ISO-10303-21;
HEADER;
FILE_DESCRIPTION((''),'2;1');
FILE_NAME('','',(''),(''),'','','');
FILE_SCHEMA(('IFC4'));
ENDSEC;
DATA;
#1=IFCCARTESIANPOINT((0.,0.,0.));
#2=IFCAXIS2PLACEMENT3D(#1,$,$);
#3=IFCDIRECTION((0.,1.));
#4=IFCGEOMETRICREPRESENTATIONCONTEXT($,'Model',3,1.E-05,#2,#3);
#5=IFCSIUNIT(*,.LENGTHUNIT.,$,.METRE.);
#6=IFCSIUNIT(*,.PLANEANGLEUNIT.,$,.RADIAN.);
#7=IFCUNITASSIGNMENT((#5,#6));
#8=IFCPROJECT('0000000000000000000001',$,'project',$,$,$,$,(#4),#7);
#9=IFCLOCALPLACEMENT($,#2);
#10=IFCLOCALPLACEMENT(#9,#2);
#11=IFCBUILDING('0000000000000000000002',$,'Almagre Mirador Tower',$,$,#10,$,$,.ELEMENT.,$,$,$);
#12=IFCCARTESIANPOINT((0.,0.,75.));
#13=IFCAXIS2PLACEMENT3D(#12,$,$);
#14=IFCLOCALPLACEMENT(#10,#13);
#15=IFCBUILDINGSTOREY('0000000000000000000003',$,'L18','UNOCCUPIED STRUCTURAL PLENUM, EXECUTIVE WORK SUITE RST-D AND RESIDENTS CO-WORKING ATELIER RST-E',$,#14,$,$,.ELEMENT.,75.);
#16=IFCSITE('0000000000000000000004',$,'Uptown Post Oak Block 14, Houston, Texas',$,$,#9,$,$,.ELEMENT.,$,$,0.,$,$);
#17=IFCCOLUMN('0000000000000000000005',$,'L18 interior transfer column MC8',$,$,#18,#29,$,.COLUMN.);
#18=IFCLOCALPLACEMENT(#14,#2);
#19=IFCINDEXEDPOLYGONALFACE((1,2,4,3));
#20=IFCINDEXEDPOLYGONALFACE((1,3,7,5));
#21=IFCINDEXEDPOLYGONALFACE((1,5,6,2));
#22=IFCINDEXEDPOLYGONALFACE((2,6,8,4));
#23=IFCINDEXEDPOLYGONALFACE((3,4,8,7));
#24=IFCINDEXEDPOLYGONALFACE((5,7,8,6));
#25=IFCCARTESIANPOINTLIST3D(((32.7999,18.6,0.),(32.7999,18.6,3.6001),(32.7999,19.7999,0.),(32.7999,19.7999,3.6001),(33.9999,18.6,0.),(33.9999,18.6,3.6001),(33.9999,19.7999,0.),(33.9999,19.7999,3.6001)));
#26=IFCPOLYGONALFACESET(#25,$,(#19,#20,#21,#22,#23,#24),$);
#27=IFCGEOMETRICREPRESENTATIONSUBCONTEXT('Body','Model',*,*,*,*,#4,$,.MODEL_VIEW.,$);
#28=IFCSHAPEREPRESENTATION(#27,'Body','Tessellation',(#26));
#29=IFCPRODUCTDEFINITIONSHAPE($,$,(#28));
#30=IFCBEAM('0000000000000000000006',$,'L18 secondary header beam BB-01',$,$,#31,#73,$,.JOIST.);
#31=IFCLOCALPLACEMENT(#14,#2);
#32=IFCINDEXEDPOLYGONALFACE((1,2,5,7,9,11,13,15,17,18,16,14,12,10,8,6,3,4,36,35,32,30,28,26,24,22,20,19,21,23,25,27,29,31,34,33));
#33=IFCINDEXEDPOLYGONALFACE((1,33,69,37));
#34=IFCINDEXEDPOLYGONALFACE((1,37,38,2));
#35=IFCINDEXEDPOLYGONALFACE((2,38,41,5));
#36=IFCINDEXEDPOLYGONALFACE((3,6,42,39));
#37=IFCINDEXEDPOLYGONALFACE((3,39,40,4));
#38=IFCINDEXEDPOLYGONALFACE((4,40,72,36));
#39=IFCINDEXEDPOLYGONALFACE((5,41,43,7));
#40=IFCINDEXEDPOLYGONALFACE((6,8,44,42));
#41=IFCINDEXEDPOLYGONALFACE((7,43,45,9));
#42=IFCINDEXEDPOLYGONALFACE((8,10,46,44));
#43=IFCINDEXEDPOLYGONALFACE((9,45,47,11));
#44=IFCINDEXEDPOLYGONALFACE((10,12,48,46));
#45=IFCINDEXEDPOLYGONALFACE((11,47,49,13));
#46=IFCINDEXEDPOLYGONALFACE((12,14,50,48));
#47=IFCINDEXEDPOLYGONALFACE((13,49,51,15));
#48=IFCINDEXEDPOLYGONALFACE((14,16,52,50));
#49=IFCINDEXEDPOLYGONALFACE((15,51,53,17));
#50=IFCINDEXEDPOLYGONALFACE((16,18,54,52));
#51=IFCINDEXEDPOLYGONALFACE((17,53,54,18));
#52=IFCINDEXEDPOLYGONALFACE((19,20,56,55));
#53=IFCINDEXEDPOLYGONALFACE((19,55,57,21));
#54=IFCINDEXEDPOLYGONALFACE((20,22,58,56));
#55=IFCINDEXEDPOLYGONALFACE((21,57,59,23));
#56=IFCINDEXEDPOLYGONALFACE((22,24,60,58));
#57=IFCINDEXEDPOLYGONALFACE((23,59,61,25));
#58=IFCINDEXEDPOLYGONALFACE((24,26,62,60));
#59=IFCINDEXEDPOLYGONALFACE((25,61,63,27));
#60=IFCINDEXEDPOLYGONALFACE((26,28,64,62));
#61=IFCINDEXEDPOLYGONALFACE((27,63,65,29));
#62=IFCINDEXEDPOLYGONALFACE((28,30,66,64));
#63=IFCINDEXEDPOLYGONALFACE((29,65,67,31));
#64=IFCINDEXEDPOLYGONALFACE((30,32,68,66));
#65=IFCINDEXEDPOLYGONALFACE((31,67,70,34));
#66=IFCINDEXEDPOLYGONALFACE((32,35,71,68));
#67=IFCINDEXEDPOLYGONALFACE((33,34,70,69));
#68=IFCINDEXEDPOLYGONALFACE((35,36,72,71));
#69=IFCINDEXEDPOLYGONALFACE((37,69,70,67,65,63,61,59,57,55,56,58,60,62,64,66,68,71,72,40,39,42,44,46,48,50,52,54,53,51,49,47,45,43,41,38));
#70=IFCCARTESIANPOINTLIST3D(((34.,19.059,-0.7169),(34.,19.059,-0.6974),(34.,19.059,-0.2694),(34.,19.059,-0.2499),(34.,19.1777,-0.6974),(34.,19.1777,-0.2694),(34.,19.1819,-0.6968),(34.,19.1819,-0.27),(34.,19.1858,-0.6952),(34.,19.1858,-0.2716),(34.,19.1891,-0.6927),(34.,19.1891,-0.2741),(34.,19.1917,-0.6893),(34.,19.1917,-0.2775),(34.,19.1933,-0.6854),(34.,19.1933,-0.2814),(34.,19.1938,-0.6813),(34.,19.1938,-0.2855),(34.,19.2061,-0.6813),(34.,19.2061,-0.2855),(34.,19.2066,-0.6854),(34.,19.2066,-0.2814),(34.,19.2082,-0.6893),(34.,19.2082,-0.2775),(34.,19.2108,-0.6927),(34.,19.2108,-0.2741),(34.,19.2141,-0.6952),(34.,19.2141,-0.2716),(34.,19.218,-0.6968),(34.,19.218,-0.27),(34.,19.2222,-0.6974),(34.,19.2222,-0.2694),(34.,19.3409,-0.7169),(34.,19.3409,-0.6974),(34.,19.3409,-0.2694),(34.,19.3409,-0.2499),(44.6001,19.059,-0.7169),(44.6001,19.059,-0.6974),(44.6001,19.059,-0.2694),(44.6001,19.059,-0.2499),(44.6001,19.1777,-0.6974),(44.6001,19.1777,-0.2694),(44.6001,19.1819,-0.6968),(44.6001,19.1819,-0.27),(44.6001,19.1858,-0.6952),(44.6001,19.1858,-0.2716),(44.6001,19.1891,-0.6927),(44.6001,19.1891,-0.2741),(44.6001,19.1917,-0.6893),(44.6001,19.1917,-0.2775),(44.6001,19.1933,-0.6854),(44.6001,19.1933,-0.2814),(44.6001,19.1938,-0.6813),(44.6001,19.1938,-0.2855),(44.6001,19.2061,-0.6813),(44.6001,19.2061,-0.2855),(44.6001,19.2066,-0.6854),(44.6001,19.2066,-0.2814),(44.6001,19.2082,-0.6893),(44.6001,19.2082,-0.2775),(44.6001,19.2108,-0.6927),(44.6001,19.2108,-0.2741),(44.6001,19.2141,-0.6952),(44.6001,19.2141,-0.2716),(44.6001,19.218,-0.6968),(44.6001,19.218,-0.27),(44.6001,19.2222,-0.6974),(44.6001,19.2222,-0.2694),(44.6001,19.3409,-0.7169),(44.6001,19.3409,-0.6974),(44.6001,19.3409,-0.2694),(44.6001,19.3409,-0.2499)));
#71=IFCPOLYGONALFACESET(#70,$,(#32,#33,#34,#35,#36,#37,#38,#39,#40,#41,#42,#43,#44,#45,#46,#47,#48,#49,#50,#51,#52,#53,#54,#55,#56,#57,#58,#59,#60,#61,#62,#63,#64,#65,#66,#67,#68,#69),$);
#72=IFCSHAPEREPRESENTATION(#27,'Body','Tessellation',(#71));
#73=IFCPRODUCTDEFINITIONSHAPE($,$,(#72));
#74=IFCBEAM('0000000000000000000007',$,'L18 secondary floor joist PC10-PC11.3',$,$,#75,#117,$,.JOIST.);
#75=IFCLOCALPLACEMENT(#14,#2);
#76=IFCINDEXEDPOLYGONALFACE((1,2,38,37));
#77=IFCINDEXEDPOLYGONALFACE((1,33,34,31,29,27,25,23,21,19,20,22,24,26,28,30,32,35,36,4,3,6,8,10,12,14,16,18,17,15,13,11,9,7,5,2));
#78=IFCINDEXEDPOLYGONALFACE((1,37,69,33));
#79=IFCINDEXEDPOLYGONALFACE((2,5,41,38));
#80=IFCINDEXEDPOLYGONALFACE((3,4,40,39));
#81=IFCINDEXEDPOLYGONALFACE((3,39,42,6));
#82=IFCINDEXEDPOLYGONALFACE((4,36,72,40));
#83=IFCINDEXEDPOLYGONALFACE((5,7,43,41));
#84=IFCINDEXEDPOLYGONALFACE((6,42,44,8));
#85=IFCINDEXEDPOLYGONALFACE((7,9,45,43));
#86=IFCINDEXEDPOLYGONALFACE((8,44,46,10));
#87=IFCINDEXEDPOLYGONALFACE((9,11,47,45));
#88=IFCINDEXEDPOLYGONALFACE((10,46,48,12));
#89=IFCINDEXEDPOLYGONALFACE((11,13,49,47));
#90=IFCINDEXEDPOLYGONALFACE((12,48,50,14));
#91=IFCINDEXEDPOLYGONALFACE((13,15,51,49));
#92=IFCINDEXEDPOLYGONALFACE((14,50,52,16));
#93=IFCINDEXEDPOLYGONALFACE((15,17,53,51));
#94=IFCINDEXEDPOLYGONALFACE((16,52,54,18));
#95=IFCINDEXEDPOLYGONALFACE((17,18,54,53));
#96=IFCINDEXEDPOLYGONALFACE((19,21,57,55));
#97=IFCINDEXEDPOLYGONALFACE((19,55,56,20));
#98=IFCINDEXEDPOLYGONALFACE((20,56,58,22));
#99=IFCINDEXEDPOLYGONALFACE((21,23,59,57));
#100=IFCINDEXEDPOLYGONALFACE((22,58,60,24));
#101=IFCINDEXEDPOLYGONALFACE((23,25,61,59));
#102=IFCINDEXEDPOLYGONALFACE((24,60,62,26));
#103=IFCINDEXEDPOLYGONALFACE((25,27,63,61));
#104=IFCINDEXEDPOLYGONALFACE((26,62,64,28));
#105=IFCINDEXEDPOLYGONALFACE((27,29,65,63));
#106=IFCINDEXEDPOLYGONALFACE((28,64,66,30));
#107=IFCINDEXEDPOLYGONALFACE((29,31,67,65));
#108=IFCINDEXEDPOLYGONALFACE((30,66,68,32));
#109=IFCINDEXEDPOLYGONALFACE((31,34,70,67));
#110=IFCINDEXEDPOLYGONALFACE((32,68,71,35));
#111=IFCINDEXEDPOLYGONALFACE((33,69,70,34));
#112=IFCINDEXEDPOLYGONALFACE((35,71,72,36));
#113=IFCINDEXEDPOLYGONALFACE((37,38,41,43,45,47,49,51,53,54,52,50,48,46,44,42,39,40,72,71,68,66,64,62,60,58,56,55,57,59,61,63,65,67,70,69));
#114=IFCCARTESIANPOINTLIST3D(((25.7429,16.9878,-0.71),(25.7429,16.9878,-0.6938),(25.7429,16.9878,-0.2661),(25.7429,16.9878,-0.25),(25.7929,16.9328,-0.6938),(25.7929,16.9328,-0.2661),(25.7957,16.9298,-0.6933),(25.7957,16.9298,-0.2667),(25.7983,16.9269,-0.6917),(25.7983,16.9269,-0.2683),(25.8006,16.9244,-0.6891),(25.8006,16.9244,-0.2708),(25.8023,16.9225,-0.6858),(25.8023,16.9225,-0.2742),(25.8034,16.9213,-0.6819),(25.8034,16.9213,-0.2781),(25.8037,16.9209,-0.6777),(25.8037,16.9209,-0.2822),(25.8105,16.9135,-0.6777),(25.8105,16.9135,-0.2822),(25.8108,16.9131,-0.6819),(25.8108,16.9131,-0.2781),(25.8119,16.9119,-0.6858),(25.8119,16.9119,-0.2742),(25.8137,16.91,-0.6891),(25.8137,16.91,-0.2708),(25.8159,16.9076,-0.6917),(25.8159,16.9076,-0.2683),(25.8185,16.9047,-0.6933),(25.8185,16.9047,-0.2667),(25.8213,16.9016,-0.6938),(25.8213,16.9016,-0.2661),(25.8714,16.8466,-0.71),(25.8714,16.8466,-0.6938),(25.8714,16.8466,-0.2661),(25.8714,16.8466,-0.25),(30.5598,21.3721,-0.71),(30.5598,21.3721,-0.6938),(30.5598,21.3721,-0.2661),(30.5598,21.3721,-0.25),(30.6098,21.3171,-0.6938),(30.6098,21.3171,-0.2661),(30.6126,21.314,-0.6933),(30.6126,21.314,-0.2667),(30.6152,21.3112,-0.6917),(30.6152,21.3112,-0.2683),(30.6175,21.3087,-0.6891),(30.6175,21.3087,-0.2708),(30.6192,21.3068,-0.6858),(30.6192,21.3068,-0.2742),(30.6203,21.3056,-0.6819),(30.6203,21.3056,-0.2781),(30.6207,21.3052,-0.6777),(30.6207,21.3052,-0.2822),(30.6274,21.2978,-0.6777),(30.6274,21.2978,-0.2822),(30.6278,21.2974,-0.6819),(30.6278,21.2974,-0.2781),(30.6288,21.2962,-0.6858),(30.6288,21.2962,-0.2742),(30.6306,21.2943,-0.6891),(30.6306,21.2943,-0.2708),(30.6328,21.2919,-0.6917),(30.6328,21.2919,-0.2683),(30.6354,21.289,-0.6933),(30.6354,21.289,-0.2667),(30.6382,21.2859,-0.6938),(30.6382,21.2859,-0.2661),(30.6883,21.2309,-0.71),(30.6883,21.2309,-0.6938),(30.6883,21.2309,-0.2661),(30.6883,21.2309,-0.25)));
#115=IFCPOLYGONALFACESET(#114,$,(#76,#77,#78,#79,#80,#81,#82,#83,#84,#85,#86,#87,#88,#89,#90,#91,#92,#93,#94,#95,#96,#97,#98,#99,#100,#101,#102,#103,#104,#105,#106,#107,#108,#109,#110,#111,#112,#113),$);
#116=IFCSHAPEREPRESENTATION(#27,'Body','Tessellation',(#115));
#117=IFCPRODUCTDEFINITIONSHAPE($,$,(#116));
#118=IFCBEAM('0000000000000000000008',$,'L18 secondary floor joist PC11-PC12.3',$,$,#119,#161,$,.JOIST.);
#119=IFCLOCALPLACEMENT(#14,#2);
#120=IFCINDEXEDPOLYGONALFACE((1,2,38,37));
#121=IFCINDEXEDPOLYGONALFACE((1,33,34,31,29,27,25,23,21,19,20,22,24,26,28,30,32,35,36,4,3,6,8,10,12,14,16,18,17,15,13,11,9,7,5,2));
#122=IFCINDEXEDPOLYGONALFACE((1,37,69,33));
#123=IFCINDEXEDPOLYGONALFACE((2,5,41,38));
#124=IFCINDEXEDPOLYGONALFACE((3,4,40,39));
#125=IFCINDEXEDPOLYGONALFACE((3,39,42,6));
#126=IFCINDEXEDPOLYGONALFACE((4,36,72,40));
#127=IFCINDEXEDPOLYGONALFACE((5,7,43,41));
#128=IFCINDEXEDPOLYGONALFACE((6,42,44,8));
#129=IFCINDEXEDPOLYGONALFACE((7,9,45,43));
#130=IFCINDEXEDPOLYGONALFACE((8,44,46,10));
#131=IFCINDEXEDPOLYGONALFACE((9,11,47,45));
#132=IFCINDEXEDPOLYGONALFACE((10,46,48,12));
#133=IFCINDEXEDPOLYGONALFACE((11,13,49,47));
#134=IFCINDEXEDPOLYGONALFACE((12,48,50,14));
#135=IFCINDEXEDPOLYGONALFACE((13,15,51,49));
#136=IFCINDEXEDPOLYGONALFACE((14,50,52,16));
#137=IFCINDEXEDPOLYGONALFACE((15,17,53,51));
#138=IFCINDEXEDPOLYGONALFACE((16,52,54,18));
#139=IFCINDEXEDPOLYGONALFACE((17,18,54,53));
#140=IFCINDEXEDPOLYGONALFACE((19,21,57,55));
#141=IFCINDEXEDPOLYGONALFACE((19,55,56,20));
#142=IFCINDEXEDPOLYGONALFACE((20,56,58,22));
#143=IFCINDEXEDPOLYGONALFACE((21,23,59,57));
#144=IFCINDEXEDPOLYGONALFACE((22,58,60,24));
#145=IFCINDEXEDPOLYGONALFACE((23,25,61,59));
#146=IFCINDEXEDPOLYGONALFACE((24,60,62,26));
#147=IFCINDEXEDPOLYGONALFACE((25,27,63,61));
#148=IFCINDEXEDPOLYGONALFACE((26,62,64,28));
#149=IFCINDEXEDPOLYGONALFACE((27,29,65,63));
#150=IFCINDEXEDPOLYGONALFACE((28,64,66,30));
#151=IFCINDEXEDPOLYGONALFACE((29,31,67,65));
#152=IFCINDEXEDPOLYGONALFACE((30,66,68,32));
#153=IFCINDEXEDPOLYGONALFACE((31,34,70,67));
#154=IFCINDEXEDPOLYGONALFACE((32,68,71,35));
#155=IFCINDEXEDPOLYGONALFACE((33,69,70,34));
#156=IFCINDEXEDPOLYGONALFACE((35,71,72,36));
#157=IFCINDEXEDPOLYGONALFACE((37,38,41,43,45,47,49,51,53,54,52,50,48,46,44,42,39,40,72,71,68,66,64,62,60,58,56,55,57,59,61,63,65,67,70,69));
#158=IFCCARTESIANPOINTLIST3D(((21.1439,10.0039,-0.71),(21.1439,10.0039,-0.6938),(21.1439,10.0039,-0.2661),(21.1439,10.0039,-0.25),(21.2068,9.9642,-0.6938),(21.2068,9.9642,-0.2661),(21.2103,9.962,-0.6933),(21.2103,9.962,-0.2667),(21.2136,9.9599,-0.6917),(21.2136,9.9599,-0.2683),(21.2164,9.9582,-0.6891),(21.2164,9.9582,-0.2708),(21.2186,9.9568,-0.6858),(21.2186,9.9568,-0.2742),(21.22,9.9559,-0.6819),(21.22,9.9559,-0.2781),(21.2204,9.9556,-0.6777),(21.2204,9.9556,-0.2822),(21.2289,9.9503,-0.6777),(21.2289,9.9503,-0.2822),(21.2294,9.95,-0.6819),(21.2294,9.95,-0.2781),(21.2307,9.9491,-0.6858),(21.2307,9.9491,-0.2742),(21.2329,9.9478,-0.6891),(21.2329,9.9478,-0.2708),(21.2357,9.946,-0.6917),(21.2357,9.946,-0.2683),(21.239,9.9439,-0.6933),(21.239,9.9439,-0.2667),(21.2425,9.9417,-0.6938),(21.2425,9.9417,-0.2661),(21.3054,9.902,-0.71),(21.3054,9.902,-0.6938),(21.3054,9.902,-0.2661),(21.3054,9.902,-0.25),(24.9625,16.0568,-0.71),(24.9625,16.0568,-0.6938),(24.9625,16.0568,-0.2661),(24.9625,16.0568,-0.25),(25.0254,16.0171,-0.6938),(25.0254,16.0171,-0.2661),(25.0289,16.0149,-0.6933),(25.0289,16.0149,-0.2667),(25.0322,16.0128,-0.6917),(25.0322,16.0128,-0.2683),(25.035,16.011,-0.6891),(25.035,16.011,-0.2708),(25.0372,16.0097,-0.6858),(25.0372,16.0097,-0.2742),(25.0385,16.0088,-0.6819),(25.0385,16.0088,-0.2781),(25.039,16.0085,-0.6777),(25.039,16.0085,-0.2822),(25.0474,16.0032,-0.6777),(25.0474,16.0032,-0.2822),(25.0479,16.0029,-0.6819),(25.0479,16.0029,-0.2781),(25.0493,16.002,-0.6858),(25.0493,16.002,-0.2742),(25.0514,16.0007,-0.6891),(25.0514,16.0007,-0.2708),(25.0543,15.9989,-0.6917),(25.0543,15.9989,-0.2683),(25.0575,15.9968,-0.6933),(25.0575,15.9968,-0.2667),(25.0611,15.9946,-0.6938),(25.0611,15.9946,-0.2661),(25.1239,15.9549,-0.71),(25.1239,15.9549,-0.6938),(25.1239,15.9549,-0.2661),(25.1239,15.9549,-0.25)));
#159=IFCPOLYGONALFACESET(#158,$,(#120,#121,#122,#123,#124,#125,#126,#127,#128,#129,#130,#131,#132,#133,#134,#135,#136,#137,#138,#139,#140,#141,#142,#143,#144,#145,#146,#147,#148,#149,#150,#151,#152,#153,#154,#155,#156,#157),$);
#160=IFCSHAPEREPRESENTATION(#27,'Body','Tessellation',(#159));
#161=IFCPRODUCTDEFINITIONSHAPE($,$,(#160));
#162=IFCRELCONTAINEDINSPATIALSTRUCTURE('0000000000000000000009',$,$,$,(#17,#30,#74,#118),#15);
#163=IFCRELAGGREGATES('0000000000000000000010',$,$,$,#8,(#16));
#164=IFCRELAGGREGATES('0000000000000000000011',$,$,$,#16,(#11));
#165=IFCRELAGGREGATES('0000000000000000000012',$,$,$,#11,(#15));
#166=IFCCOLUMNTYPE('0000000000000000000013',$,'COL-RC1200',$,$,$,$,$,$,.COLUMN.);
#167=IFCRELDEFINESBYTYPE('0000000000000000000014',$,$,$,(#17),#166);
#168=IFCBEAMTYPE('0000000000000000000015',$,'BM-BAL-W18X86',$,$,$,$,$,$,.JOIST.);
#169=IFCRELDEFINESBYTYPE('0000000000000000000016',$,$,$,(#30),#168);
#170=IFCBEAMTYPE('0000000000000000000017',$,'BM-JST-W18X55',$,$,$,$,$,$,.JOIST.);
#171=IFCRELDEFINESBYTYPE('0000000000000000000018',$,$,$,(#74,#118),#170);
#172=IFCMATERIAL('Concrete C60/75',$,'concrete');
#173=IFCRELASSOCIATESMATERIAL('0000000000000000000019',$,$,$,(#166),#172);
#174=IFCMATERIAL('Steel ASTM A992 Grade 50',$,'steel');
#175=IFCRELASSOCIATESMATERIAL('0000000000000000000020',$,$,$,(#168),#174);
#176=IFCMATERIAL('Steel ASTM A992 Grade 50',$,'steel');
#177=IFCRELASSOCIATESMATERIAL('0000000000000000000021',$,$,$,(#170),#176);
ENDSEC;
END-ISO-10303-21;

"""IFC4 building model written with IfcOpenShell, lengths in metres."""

from ifc_helpers import new_model, si_unit, direction, frame, origin, origin_2d, place, context, subcontext, project, spatial, rectangle, i_section, extrude, material, material_profile, profile_set, type_object, element, save


model = new_model("IFC4")

# Units and contexts
model_context = context("Model", 3, precision=1e-05, world=origin(), true_north=direction((0.0, 1.0)))
body_context = subcontext(model_context, "Body", "Model", "MODEL_VIEW")
ifc_project = project(units=[si_unit("LENGTHUNIT", "METRE"), si_unit("PLANEANGLEUNIT", "RADIAN")], contexts=[model_context])

# Site, building, storey
site_placement = place(None, origin())
site = spatial("IfcSite", under=ifc_project, at=site_placement, Name="Uptown Post Oak Block 14, Houston, Texas", CompositionType="ELEMENT", RefElevation=0.0)
building_placement = place(site_placement, origin())
building = spatial("IfcBuilding", under=site, at=building_placement, Name="Almagre Mirador Tower", CompositionType="ELEMENT")
storey_placement = place(building_placement, frame((0.0, 0.0, 75.0)))
storey = spatial("IfcBuildingStorey", under=building, at=storey_placement, Name="L18", Description="UNOCCUPIED STRUCTURAL PLENUM, EXECUTIVE WORK SUITE RST-D AND RESIDENTS CO-WORKING ATELIER RST-E", CompositionType="ELEMENT", Elevation=75.0)

# Column
ifc_material_1 = material(Name="Concrete C60/75", Category="concrete")
ifc_material_profile_1 = material_profile(ifc_material_1, rectangle(XDim=1.2, YDim=1.2, at=origin_2d()), Name="RC1200X1200")
ifc_profile_set_1 = profile_set([ifc_material_profile_1], Name="Concrete C60/75")
column_type = type_object("IfcColumnType", Name="COL-RC1200", PredefinedType="COLUMN", material=ifc_profile_set_1)
column_placement = place(storey_placement, frame((33.3999, 19.2, 0.0), z_axis=(0.0, 0.0, 1.0), x_axis=(1.0, 0.0, 0.0)))
element("IfcColumn", 1, at=column_placement, inside=storey, type_object=column_type, Name="L18 interior transfer column MC8", PredefinedType="COLUMN", context=body_context, shape_type="SweptSolid", body=[
    extrude(rectangle(XDim=1.2, YDim=1.2, at=origin_2d()), origin(), (0.0, 0.0, 1.0), 3.6001),
])

# Beams
ifc_material_2 = material(Name="Steel ASTM A992 Grade 50", Category="steel")
ifc_material_profile_2 = material_profile(ifc_material_2, i_section(OverallWidth=0.282, OverallDepth=0.467, WebThickness=0.0122, FlangeThickness=0.0195, FilletRadius=0.0161, at=origin_2d()), Name="W18X86")
ifc_profile_set_2 = profile_set([ifc_material_profile_2], Name="Steel ASTM A992 Grade 50")
beam_type_1 = type_object("IfcBeamType", Name="BM-BAL-W18X86", PredefinedType="JOIST", material=ifc_profile_set_2)
beam_1_placement = place(storey_placement, frame((34.0, 19.2, -0.4834), z_axis=(1.0, 0.0, 0.0), x_axis=(0.0, 1.0, 0.0)))
element("IfcBeam", 2, at=beam_1_placement, inside=storey, type_object=beam_type_1, Name="L18 secondary header beam BB-01", PredefinedType="JOIST", context=body_context, shape_type="SweptSolid", body=[
    extrude(i_section(OverallWidth=0.282, OverallDepth=0.467, WebThickness=0.0122, FlangeThickness=0.0195, FilletRadius=0.0161, at=origin_2d()), origin(), (0.0, 0.0, 1.0), 10.6001),
])
ifc_material_3 = material(Name="Steel ASTM A992 Grade 50", Category="steel")
ifc_material_profile_3 = material_profile(ifc_material_3, i_section(OverallWidth=0.1909, OverallDepth=0.46, WebThickness=0.01, FlangeThickness=0.0161, FilletRadius=0.0161, at=origin_2d()), Name="W18X55")
ifc_profile_set_3 = profile_set([ifc_material_profile_3], Name="Steel ASTM A992 Grade 50")
beam_type_2 = type_object("IfcBeamType", Name="BM-JST-W18X55", PredefinedType="JOIST", material=ifc_profile_set_3)
beam_2_placement = place(storey_placement, frame((30.624, 21.3015, -0.48), z_axis=(-0.739536, -0.673117, 0.0), x_axis=(0.673117, -0.739536, 0.0)))
element("IfcBeam", 3, at=beam_2_placement, inside=storey, type_object=beam_type_2, Name="L18 secondary floor joist PC10-PC11.3", PredefinedType="JOIST", context=body_context, shape_type="SweptSolid", body=[
    extrude(i_section(OverallWidth=0.1909, OverallDepth=0.46, WebThickness=0.01, FlangeThickness=0.0161, FilletRadius=0.0161, at=origin_2d()), origin(), (0.0, 0.0, 1.0), 6.5134),
])
beam_3_placement = place(storey_placement, frame((25.0432, 16.0059, -0.48), z_axis=(-0.53356, -0.845762, 0.0), x_axis=(0.845762, -0.53356, 0.0)))
element("IfcBeam", 4, at=beam_3_placement, inside=storey, type_object=beam_type_2, Name="L18 secondary floor joist PC11-PC12.3", PredefinedType="JOIST", context=body_context, shape_type="SweptSolid", body=[
    extrude(i_section(OverallWidth=0.1909, OverallDepth=0.46, WebThickness=0.01, FlangeThickness=0.0161, FilletRadius=0.0161, at=origin_2d()), origin(), (0.0, 0.0, 1.0), 7.1567),
])

save(model, "model.ifc")
